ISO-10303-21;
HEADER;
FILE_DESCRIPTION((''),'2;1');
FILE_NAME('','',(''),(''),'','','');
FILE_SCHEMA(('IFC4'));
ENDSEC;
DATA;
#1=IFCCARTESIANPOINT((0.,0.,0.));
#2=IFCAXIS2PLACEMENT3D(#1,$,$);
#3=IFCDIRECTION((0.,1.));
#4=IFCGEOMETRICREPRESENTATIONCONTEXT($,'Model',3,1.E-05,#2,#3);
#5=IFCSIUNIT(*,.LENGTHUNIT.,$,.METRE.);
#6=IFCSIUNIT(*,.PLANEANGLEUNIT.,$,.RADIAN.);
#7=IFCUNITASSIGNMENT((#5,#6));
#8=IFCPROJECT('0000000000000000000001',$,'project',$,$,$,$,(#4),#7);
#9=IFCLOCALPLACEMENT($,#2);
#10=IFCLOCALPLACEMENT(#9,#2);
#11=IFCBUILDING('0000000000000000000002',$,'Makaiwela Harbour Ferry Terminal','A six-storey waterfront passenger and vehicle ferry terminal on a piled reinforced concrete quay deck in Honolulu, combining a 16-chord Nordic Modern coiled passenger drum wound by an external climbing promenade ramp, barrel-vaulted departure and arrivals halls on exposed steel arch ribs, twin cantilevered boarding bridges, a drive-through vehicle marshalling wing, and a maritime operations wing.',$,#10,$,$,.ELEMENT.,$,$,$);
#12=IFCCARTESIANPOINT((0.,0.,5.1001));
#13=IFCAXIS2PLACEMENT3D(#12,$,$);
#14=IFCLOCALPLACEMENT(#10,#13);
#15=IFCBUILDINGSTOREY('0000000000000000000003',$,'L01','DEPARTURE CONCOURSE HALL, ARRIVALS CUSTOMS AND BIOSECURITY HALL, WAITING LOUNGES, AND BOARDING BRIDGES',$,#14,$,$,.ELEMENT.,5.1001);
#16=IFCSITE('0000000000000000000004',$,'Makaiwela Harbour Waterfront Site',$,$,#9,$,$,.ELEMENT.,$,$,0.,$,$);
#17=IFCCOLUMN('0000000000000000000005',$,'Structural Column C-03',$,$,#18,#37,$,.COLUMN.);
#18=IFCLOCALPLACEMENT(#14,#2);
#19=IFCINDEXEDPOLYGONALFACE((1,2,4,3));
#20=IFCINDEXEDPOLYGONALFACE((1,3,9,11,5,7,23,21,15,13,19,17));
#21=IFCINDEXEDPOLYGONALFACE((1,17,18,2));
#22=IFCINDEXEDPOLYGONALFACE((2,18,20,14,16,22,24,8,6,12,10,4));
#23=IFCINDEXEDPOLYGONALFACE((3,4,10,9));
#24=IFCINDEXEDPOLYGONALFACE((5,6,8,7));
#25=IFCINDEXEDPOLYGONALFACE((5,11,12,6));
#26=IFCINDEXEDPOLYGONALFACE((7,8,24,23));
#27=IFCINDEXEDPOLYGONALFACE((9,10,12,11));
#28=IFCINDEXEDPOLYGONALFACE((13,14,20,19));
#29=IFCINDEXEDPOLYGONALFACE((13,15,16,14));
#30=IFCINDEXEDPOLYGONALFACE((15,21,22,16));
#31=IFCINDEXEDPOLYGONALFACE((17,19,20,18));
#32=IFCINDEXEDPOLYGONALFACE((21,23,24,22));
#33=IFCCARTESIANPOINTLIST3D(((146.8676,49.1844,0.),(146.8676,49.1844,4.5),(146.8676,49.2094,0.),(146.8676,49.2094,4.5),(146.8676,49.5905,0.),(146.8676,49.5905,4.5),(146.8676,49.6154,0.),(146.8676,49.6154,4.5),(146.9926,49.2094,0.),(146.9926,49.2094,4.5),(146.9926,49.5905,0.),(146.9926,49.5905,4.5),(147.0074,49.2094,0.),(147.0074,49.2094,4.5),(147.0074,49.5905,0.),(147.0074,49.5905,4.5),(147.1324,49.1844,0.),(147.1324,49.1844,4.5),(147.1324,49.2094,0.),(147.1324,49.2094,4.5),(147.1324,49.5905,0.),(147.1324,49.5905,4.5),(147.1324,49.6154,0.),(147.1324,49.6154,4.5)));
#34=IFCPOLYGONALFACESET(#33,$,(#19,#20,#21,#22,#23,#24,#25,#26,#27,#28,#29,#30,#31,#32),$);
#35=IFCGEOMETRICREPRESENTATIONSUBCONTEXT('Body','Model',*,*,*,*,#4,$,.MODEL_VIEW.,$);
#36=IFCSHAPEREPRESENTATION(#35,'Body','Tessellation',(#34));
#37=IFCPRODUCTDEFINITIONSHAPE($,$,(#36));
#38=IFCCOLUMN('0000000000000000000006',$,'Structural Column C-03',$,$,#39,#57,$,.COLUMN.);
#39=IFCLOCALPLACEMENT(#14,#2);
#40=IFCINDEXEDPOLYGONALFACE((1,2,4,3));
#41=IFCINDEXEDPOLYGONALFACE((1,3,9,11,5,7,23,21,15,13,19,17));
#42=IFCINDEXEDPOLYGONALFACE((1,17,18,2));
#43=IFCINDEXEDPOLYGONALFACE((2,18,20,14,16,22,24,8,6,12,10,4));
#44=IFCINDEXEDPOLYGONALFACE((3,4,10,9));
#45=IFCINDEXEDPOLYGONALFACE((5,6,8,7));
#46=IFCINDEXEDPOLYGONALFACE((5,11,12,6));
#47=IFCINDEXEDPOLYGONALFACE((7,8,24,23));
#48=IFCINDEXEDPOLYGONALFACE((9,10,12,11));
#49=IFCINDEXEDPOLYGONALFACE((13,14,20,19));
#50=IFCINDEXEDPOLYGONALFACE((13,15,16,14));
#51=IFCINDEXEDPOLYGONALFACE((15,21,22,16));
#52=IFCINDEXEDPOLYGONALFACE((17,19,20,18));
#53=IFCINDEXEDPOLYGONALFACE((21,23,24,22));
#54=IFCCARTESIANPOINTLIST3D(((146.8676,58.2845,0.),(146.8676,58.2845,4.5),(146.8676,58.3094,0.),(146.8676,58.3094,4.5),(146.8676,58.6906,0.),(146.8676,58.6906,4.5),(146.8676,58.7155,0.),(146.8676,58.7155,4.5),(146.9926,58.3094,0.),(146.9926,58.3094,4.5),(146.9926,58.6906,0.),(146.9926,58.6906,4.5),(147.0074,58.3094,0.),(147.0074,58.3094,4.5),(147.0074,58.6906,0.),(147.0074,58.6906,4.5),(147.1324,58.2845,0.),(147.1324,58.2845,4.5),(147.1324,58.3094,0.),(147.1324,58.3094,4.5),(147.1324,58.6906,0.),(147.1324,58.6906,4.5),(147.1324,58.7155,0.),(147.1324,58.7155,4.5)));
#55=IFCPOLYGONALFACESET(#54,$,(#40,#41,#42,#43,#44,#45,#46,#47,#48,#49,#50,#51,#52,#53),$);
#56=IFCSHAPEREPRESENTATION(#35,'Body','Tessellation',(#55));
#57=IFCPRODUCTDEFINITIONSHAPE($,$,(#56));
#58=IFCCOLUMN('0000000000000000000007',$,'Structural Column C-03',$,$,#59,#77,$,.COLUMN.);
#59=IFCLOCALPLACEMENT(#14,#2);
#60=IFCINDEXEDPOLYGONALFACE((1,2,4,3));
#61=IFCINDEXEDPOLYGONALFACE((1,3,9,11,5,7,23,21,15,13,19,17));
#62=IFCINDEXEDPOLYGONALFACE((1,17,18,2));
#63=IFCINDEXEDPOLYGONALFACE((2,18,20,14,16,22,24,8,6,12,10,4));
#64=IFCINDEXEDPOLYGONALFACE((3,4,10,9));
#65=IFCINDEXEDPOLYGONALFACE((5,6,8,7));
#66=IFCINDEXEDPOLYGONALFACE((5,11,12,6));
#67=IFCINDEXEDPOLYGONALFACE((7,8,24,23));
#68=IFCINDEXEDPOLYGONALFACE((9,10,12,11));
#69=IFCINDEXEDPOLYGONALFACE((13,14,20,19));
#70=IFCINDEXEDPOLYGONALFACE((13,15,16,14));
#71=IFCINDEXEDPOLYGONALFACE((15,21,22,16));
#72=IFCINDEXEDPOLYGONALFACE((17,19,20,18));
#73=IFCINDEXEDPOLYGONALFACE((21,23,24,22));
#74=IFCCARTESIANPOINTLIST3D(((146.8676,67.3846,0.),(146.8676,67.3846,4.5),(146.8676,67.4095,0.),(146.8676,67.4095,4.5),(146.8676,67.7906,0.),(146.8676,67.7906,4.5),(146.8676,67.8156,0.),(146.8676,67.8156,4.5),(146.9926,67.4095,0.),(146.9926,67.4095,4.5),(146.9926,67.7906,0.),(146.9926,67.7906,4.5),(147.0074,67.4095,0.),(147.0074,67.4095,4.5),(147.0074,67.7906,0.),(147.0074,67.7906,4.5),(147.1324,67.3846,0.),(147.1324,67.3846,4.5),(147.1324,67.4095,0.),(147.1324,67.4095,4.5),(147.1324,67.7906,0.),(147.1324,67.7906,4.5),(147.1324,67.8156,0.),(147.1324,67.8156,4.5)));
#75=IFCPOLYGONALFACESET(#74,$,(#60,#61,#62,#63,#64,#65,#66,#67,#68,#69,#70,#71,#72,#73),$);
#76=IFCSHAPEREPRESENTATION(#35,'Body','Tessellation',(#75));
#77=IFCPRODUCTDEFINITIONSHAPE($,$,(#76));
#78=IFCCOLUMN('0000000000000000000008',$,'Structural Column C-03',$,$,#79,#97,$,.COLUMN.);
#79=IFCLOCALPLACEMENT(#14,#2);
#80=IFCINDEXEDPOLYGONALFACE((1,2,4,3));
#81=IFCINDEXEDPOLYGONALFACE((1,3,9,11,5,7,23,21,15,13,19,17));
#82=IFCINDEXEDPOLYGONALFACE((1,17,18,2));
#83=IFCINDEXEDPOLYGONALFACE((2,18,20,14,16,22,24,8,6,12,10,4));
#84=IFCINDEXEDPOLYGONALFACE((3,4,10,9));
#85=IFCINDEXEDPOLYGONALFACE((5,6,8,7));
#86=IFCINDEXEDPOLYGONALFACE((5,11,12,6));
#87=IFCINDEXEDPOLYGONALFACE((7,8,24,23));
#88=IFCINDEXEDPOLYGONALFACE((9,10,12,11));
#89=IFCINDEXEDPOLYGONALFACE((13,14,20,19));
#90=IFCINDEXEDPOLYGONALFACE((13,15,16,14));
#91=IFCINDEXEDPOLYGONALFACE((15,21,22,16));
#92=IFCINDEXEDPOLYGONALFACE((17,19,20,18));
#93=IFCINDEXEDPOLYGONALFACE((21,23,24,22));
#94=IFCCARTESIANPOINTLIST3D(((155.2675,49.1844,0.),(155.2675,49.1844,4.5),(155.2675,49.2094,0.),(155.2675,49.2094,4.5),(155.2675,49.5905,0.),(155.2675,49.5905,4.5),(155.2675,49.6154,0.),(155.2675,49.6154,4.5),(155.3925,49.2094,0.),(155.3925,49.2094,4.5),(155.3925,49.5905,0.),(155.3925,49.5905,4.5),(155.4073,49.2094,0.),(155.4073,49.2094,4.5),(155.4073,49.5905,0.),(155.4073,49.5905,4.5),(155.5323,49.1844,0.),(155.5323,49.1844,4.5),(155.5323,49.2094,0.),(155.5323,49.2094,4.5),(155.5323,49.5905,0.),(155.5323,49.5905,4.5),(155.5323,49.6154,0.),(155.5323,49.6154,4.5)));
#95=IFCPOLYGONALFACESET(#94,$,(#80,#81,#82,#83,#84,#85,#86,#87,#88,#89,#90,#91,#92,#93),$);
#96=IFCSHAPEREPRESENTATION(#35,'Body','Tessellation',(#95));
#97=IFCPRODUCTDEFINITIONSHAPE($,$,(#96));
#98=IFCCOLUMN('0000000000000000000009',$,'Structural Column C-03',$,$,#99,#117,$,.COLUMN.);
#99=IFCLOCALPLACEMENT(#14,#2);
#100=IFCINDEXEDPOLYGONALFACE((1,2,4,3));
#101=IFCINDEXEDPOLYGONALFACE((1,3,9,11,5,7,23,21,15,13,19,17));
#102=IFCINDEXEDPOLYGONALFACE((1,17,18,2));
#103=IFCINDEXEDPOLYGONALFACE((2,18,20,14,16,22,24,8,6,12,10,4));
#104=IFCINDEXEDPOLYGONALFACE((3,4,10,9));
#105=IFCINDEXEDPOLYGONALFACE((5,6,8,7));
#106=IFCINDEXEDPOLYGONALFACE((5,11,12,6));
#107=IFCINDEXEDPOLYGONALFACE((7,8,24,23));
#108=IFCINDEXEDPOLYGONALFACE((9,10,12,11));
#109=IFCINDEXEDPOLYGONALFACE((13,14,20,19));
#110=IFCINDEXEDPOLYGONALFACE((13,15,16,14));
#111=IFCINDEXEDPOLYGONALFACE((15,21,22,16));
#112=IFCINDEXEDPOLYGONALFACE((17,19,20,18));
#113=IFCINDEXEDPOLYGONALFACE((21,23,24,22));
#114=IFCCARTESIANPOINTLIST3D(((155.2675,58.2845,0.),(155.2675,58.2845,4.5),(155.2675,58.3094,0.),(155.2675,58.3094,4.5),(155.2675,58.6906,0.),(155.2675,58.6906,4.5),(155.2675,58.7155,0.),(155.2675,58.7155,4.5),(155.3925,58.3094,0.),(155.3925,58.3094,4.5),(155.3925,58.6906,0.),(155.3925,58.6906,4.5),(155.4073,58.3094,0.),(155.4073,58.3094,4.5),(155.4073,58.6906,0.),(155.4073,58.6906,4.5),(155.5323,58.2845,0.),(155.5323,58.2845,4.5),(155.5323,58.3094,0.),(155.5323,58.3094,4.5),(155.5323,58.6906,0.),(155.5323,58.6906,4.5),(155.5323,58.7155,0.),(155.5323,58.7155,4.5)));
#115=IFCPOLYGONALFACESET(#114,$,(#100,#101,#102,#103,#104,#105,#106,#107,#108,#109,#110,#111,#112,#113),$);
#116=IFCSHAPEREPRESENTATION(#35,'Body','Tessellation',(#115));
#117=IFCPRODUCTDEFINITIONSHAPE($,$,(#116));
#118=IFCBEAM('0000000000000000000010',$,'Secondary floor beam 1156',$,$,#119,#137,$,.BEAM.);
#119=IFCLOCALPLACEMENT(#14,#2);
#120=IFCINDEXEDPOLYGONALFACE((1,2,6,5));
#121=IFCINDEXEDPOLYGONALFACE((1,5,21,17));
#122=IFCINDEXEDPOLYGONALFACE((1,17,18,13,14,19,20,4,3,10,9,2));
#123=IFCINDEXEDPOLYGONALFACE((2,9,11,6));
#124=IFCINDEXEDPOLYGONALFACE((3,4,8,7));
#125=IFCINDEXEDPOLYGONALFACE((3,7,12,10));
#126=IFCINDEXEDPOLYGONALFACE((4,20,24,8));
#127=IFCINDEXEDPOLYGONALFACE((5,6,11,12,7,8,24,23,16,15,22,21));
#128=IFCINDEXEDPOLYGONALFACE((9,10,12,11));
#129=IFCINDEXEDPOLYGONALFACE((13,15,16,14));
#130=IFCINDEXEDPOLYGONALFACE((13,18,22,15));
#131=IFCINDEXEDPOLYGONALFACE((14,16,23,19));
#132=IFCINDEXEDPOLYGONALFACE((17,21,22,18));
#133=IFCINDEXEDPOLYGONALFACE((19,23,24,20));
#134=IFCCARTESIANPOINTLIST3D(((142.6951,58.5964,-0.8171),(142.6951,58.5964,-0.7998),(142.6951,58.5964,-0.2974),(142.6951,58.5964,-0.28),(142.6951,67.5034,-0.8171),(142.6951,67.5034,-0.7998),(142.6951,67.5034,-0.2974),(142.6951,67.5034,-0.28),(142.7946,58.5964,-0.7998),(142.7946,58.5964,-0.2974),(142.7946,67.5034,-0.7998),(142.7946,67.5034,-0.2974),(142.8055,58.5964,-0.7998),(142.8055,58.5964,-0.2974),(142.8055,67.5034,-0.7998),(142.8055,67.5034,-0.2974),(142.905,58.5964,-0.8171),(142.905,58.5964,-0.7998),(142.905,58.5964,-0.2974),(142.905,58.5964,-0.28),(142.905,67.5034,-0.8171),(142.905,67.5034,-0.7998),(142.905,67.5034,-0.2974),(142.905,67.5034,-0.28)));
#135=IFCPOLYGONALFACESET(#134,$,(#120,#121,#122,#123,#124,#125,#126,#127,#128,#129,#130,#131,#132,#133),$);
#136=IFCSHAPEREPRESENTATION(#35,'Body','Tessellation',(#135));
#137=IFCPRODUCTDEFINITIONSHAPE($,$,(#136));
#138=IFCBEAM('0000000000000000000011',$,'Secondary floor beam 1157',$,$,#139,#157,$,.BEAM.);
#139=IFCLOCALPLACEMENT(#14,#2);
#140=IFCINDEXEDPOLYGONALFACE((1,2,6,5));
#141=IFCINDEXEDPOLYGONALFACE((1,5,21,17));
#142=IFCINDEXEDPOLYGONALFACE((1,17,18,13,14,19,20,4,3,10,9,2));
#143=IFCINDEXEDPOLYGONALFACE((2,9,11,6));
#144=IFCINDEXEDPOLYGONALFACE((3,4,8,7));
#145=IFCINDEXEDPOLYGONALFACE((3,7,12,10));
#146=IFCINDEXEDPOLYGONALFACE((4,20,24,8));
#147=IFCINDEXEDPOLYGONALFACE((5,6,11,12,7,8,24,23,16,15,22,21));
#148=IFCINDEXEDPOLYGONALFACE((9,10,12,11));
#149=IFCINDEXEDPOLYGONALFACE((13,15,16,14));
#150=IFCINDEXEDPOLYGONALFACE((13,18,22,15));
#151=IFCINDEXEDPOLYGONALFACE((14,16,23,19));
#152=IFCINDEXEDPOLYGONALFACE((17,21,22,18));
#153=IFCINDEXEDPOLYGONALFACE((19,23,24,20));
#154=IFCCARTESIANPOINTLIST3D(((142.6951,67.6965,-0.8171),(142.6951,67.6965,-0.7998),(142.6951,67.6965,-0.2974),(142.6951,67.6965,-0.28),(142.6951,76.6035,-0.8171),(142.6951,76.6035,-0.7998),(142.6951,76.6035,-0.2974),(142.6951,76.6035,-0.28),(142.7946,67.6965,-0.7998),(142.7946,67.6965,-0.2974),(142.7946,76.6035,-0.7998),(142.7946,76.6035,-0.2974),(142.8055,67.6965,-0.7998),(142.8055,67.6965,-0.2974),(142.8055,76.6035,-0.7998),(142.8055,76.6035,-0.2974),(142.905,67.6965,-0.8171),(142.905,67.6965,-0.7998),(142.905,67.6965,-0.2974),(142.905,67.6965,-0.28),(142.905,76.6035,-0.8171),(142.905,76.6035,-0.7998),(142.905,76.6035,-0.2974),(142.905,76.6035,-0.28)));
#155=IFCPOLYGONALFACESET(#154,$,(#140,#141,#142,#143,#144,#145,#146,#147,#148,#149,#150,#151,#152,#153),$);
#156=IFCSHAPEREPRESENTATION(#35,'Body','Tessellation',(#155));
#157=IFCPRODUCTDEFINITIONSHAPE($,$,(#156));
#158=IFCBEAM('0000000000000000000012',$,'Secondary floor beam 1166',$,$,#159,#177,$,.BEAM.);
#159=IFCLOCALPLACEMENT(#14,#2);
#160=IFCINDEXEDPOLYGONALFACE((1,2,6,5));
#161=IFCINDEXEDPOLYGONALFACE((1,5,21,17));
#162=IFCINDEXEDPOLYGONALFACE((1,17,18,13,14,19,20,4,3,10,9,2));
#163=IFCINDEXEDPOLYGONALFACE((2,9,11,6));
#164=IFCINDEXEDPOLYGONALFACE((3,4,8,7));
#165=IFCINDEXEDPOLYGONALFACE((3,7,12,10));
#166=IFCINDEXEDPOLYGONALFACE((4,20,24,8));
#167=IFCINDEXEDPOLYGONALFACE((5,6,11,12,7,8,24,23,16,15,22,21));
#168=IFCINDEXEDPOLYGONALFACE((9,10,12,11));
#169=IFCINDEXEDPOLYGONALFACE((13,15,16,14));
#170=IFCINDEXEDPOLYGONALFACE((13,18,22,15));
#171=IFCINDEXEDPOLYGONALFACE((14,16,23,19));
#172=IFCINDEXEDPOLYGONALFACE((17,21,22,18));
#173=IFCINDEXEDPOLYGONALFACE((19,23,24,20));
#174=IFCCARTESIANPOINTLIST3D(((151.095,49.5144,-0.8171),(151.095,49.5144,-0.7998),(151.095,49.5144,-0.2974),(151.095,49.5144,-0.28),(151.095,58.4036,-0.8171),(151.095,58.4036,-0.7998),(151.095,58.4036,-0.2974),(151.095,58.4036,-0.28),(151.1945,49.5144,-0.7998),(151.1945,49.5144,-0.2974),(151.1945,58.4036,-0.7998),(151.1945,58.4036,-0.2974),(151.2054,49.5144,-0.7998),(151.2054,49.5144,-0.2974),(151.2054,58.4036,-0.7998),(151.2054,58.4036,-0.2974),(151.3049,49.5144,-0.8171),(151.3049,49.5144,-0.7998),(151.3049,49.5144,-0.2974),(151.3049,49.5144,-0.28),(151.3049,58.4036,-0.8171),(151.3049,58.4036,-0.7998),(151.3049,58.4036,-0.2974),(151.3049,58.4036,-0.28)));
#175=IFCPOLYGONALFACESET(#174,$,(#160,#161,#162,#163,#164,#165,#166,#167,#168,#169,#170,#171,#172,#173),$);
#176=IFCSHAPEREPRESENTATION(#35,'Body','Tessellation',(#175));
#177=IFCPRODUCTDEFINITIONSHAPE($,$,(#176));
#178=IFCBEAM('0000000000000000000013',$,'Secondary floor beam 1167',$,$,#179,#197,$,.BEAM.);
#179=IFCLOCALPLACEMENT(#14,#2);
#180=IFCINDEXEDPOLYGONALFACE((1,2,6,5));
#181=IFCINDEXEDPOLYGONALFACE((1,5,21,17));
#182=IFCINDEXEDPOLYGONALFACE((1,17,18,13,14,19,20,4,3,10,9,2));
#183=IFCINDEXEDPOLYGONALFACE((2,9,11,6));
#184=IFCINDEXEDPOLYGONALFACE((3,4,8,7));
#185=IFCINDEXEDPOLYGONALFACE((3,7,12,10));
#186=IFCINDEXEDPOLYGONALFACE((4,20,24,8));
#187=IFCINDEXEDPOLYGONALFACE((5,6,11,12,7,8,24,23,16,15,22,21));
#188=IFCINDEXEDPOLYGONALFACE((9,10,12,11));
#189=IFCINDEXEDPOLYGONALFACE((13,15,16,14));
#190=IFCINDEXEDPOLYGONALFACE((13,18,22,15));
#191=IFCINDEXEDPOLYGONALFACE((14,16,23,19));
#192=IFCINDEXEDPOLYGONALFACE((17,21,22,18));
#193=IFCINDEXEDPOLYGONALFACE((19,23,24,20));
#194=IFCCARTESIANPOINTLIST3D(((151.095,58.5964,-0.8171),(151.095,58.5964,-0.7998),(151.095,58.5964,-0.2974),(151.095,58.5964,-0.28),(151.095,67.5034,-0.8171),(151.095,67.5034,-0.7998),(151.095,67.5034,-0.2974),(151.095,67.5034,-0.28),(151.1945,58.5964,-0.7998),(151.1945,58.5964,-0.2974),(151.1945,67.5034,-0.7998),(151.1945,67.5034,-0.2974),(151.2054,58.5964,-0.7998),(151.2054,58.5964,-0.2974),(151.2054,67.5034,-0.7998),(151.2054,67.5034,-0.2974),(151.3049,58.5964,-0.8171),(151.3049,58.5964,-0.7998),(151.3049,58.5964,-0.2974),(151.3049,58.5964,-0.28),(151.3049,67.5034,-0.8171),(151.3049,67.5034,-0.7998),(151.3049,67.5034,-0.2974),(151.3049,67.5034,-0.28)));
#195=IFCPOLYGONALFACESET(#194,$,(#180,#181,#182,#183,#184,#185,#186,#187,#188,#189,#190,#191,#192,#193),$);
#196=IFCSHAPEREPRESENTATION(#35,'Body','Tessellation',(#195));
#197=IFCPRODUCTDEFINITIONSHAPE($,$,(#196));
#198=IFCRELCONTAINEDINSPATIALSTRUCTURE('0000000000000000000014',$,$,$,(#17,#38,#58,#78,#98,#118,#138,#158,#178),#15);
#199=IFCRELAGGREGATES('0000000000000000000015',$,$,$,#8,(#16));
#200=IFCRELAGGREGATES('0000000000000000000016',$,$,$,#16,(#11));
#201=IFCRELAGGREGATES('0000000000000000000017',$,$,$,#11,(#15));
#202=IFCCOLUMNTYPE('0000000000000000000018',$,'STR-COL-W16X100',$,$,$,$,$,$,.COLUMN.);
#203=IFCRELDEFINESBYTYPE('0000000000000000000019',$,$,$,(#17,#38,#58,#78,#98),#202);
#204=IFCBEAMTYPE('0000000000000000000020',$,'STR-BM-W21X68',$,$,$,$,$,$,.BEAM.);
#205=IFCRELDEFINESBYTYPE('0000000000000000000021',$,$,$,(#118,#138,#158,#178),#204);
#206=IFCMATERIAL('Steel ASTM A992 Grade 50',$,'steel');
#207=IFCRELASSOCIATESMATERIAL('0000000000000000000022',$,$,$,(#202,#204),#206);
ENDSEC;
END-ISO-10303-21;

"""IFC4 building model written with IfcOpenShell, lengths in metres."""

from ifc_helpers import new_model, si_unit, direction, frame, origin, origin_2d, place, context, subcontext, project, spatial, i_section, extrude, material, material_profile, profile_set, type_object, element, save


model = new_model("IFC4")

# Units and contexts
model_context = context("Model", 3, precision=1e-05, world=origin(), true_north=direction((0.0, 1.0)))
body_context = subcontext(model_context, "Body", "Model", "MODEL_VIEW")
ifc_project = project(units=[si_unit("LENGTHUNIT", "METRE"), si_unit("PLANEANGLEUNIT", "RADIAN")], contexts=[model_context])

# Site, building, storey
site_placement = place(None, origin())
site = spatial("IfcSite", under=ifc_project, at=site_placement, Name="Makaiwela Harbour Waterfront Site", CompositionType="ELEMENT", RefElevation=0.0)
building_placement = place(site_placement, origin())
building = spatial("IfcBuilding", under=site, at=building_placement, Name="Makaiwela Harbour Ferry Terminal", Description="A six-storey waterfront passenger and vehicle ferry terminal on a piled reinforced concrete quay deck in Honolulu, combining a 16-chord Nordic Modern coiled passenger drum wound by an external climbing promenade ramp, barrel-vaulted departure and arrivals halls on exposed steel arch ribs, twin cantilevered boarding bridges, a drive-through vehicle marshalling wing, and a maritime operations wing.", CompositionType="ELEMENT")
storey_placement = place(building_placement, frame((0.0, 0.0, 5.1001)))
storey = spatial("IfcBuildingStorey", under=building, at=storey_placement, Name="L01", Description="DEPARTURE CONCOURSE HALL, ARRIVALS CUSTOMS AND BIOSECURITY HALL, WAITING LOUNGES, AND BOARDING BRIDGES", CompositionType="ELEMENT", Elevation=5.1001)

# Columns
ifc_material_1 = material(Name="Steel ASTM A992 Grade 50", Category="steel")
ifc_material_profile_1 = material_profile(ifc_material_1, i_section(OverallWidth=0.2649, OverallDepth=0.4309, WebThickness=0.0149, FlangeThickness=0.0249, at=origin_2d()), Name="W16X100")
ifc_profile_set_1 = profile_set([ifc_material_profile_1], Name="Steel ASTM A992 Grade 50")
column_type = type_object("IfcColumnType", Name="STR-COL-W16X100", PredefinedType="COLUMN", material=ifc_profile_set_1)
for number, where, z_axis, x_axis, name in (
    (1, (147.0, 49.3999, 0.0), (0.0, 0.0, 1.0), (1.0, 0.0, 0.0), "Structural Column C-03"),
    (2, (147.0, 58.5, 0.0), (0.0, 0.0, 1.0), (1.0, 0.0, 0.0), "Structural Column C-03"),
    (3, (147.0, 67.6001, 0.0), (0.0, 0.0, 1.0), (1.0, 0.0, 0.0), "Structural Column C-03"),
    (4, (155.3999, 49.3999, 0.0), (0.0, 0.0, 1.0), (1.0, 0.0, 0.0), "Structural Column C-03"),
    (5, (155.3999, 58.5, 0.0), (0.0, 0.0, 1.0), (1.0, 0.0, 0.0), "Structural Column C-03"),
):
    element("IfcColumn", number, at=place(storey_placement, frame(where, z_axis=z_axis, x_axis=x_axis)), inside=storey, type_object=column_type, Name=name, PredefinedType="COLUMN", context=body_context, shape_type="SweptSolid", body=[
        extrude(i_section(OverallWidth=0.2649, OverallDepth=0.4309, WebThickness=0.0149, FlangeThickness=0.0249, at=origin_2d()), origin(), (0.0, 0.0, 1.0), 4.5),
    ])

# Beams
ifc_material_profile_2 = material_profile(ifc_material_1, i_section(OverallWidth=0.21, OverallDepth=0.5371, WebThickness=0.011, FlangeThickness=0.0173, at=origin_2d()), Name="W21X68")
ifc_profile_set_2 = profile_set([ifc_material_profile_2], Name="Steel ASTM A992 Grade 50")
beam_type_1 = type_object("IfcBeamType", Name="STR-BM-W21X68", PredefinedType="BEAM", material=ifc_profile_set_2)
for number, where, z_axis, x_axis, name in (
    (6, (142.8, 58.5964, -0.5486), (0.0, 1.0, 0.0), (-1.0, 0.0, 0.0), "Secondary floor beam 1156"),
    (7, (142.8, 67.6965, -0.5486), (0.0, 1.0, 0.0), (-1.0, 0.0, 0.0), "Secondary floor beam 1157"),
):
    element("IfcBeam", number, at=place(storey_placement, frame(where, z_axis=z_axis, x_axis=x_axis)), inside=storey, type_object=beam_type_1, Name=name, PredefinedType="BEAM", context=body_context, shape_type="SweptSolid", body=[
        extrude(i_section(OverallWidth=0.21, OverallDepth=0.5371, WebThickness=0.011, FlangeThickness=0.0173, at=origin_2d()), origin(), (0.0, 0.0, 1.0), 8.907),
    ])
beam_1_placement = place(storey_placement, frame((151.2, 49.5144, -0.5486), z_axis=(0.0, 1.0, 0.0), x_axis=(-1.0, 0.0, 0.0)))
element("IfcBeam", 8, at=beam_1_placement, inside=storey, type_object=beam_type_1, Name="Secondary floor beam 1166", PredefinedType="BEAM", context=body_context, shape_type="SweptSolid", body=[
    extrude(i_section(OverallWidth=0.21, OverallDepth=0.5371, WebThickness=0.011, FlangeThickness=0.0173, at=origin_2d()), origin(), (0.0, 0.0, 1.0), 8.8892),
])
for number, where, z_axis, x_axis, name in (
    (9, (151.2, 58.5964, -0.5486), (0.0, 1.0, 0.0), (-1.0, 0.0, 0.0), "Secondary floor beam 1167"),
):
    element("IfcBeam", number, at=place(storey_placement, frame(where, z_axis=z_axis, x_axis=x_axis)), inside=storey, type_object=beam_type_1, Name=name, PredefinedType="BEAM", context=body_context, shape_type="SweptSolid", body=[
        extrude(i_section(OverallWidth=0.21, OverallDepth=0.5371, WebThickness=0.011, FlangeThickness=0.0173, at=origin_2d()), origin(), (0.0, 0.0, 1.0), 8.907),
    ])

save(model, "model.ifc")
